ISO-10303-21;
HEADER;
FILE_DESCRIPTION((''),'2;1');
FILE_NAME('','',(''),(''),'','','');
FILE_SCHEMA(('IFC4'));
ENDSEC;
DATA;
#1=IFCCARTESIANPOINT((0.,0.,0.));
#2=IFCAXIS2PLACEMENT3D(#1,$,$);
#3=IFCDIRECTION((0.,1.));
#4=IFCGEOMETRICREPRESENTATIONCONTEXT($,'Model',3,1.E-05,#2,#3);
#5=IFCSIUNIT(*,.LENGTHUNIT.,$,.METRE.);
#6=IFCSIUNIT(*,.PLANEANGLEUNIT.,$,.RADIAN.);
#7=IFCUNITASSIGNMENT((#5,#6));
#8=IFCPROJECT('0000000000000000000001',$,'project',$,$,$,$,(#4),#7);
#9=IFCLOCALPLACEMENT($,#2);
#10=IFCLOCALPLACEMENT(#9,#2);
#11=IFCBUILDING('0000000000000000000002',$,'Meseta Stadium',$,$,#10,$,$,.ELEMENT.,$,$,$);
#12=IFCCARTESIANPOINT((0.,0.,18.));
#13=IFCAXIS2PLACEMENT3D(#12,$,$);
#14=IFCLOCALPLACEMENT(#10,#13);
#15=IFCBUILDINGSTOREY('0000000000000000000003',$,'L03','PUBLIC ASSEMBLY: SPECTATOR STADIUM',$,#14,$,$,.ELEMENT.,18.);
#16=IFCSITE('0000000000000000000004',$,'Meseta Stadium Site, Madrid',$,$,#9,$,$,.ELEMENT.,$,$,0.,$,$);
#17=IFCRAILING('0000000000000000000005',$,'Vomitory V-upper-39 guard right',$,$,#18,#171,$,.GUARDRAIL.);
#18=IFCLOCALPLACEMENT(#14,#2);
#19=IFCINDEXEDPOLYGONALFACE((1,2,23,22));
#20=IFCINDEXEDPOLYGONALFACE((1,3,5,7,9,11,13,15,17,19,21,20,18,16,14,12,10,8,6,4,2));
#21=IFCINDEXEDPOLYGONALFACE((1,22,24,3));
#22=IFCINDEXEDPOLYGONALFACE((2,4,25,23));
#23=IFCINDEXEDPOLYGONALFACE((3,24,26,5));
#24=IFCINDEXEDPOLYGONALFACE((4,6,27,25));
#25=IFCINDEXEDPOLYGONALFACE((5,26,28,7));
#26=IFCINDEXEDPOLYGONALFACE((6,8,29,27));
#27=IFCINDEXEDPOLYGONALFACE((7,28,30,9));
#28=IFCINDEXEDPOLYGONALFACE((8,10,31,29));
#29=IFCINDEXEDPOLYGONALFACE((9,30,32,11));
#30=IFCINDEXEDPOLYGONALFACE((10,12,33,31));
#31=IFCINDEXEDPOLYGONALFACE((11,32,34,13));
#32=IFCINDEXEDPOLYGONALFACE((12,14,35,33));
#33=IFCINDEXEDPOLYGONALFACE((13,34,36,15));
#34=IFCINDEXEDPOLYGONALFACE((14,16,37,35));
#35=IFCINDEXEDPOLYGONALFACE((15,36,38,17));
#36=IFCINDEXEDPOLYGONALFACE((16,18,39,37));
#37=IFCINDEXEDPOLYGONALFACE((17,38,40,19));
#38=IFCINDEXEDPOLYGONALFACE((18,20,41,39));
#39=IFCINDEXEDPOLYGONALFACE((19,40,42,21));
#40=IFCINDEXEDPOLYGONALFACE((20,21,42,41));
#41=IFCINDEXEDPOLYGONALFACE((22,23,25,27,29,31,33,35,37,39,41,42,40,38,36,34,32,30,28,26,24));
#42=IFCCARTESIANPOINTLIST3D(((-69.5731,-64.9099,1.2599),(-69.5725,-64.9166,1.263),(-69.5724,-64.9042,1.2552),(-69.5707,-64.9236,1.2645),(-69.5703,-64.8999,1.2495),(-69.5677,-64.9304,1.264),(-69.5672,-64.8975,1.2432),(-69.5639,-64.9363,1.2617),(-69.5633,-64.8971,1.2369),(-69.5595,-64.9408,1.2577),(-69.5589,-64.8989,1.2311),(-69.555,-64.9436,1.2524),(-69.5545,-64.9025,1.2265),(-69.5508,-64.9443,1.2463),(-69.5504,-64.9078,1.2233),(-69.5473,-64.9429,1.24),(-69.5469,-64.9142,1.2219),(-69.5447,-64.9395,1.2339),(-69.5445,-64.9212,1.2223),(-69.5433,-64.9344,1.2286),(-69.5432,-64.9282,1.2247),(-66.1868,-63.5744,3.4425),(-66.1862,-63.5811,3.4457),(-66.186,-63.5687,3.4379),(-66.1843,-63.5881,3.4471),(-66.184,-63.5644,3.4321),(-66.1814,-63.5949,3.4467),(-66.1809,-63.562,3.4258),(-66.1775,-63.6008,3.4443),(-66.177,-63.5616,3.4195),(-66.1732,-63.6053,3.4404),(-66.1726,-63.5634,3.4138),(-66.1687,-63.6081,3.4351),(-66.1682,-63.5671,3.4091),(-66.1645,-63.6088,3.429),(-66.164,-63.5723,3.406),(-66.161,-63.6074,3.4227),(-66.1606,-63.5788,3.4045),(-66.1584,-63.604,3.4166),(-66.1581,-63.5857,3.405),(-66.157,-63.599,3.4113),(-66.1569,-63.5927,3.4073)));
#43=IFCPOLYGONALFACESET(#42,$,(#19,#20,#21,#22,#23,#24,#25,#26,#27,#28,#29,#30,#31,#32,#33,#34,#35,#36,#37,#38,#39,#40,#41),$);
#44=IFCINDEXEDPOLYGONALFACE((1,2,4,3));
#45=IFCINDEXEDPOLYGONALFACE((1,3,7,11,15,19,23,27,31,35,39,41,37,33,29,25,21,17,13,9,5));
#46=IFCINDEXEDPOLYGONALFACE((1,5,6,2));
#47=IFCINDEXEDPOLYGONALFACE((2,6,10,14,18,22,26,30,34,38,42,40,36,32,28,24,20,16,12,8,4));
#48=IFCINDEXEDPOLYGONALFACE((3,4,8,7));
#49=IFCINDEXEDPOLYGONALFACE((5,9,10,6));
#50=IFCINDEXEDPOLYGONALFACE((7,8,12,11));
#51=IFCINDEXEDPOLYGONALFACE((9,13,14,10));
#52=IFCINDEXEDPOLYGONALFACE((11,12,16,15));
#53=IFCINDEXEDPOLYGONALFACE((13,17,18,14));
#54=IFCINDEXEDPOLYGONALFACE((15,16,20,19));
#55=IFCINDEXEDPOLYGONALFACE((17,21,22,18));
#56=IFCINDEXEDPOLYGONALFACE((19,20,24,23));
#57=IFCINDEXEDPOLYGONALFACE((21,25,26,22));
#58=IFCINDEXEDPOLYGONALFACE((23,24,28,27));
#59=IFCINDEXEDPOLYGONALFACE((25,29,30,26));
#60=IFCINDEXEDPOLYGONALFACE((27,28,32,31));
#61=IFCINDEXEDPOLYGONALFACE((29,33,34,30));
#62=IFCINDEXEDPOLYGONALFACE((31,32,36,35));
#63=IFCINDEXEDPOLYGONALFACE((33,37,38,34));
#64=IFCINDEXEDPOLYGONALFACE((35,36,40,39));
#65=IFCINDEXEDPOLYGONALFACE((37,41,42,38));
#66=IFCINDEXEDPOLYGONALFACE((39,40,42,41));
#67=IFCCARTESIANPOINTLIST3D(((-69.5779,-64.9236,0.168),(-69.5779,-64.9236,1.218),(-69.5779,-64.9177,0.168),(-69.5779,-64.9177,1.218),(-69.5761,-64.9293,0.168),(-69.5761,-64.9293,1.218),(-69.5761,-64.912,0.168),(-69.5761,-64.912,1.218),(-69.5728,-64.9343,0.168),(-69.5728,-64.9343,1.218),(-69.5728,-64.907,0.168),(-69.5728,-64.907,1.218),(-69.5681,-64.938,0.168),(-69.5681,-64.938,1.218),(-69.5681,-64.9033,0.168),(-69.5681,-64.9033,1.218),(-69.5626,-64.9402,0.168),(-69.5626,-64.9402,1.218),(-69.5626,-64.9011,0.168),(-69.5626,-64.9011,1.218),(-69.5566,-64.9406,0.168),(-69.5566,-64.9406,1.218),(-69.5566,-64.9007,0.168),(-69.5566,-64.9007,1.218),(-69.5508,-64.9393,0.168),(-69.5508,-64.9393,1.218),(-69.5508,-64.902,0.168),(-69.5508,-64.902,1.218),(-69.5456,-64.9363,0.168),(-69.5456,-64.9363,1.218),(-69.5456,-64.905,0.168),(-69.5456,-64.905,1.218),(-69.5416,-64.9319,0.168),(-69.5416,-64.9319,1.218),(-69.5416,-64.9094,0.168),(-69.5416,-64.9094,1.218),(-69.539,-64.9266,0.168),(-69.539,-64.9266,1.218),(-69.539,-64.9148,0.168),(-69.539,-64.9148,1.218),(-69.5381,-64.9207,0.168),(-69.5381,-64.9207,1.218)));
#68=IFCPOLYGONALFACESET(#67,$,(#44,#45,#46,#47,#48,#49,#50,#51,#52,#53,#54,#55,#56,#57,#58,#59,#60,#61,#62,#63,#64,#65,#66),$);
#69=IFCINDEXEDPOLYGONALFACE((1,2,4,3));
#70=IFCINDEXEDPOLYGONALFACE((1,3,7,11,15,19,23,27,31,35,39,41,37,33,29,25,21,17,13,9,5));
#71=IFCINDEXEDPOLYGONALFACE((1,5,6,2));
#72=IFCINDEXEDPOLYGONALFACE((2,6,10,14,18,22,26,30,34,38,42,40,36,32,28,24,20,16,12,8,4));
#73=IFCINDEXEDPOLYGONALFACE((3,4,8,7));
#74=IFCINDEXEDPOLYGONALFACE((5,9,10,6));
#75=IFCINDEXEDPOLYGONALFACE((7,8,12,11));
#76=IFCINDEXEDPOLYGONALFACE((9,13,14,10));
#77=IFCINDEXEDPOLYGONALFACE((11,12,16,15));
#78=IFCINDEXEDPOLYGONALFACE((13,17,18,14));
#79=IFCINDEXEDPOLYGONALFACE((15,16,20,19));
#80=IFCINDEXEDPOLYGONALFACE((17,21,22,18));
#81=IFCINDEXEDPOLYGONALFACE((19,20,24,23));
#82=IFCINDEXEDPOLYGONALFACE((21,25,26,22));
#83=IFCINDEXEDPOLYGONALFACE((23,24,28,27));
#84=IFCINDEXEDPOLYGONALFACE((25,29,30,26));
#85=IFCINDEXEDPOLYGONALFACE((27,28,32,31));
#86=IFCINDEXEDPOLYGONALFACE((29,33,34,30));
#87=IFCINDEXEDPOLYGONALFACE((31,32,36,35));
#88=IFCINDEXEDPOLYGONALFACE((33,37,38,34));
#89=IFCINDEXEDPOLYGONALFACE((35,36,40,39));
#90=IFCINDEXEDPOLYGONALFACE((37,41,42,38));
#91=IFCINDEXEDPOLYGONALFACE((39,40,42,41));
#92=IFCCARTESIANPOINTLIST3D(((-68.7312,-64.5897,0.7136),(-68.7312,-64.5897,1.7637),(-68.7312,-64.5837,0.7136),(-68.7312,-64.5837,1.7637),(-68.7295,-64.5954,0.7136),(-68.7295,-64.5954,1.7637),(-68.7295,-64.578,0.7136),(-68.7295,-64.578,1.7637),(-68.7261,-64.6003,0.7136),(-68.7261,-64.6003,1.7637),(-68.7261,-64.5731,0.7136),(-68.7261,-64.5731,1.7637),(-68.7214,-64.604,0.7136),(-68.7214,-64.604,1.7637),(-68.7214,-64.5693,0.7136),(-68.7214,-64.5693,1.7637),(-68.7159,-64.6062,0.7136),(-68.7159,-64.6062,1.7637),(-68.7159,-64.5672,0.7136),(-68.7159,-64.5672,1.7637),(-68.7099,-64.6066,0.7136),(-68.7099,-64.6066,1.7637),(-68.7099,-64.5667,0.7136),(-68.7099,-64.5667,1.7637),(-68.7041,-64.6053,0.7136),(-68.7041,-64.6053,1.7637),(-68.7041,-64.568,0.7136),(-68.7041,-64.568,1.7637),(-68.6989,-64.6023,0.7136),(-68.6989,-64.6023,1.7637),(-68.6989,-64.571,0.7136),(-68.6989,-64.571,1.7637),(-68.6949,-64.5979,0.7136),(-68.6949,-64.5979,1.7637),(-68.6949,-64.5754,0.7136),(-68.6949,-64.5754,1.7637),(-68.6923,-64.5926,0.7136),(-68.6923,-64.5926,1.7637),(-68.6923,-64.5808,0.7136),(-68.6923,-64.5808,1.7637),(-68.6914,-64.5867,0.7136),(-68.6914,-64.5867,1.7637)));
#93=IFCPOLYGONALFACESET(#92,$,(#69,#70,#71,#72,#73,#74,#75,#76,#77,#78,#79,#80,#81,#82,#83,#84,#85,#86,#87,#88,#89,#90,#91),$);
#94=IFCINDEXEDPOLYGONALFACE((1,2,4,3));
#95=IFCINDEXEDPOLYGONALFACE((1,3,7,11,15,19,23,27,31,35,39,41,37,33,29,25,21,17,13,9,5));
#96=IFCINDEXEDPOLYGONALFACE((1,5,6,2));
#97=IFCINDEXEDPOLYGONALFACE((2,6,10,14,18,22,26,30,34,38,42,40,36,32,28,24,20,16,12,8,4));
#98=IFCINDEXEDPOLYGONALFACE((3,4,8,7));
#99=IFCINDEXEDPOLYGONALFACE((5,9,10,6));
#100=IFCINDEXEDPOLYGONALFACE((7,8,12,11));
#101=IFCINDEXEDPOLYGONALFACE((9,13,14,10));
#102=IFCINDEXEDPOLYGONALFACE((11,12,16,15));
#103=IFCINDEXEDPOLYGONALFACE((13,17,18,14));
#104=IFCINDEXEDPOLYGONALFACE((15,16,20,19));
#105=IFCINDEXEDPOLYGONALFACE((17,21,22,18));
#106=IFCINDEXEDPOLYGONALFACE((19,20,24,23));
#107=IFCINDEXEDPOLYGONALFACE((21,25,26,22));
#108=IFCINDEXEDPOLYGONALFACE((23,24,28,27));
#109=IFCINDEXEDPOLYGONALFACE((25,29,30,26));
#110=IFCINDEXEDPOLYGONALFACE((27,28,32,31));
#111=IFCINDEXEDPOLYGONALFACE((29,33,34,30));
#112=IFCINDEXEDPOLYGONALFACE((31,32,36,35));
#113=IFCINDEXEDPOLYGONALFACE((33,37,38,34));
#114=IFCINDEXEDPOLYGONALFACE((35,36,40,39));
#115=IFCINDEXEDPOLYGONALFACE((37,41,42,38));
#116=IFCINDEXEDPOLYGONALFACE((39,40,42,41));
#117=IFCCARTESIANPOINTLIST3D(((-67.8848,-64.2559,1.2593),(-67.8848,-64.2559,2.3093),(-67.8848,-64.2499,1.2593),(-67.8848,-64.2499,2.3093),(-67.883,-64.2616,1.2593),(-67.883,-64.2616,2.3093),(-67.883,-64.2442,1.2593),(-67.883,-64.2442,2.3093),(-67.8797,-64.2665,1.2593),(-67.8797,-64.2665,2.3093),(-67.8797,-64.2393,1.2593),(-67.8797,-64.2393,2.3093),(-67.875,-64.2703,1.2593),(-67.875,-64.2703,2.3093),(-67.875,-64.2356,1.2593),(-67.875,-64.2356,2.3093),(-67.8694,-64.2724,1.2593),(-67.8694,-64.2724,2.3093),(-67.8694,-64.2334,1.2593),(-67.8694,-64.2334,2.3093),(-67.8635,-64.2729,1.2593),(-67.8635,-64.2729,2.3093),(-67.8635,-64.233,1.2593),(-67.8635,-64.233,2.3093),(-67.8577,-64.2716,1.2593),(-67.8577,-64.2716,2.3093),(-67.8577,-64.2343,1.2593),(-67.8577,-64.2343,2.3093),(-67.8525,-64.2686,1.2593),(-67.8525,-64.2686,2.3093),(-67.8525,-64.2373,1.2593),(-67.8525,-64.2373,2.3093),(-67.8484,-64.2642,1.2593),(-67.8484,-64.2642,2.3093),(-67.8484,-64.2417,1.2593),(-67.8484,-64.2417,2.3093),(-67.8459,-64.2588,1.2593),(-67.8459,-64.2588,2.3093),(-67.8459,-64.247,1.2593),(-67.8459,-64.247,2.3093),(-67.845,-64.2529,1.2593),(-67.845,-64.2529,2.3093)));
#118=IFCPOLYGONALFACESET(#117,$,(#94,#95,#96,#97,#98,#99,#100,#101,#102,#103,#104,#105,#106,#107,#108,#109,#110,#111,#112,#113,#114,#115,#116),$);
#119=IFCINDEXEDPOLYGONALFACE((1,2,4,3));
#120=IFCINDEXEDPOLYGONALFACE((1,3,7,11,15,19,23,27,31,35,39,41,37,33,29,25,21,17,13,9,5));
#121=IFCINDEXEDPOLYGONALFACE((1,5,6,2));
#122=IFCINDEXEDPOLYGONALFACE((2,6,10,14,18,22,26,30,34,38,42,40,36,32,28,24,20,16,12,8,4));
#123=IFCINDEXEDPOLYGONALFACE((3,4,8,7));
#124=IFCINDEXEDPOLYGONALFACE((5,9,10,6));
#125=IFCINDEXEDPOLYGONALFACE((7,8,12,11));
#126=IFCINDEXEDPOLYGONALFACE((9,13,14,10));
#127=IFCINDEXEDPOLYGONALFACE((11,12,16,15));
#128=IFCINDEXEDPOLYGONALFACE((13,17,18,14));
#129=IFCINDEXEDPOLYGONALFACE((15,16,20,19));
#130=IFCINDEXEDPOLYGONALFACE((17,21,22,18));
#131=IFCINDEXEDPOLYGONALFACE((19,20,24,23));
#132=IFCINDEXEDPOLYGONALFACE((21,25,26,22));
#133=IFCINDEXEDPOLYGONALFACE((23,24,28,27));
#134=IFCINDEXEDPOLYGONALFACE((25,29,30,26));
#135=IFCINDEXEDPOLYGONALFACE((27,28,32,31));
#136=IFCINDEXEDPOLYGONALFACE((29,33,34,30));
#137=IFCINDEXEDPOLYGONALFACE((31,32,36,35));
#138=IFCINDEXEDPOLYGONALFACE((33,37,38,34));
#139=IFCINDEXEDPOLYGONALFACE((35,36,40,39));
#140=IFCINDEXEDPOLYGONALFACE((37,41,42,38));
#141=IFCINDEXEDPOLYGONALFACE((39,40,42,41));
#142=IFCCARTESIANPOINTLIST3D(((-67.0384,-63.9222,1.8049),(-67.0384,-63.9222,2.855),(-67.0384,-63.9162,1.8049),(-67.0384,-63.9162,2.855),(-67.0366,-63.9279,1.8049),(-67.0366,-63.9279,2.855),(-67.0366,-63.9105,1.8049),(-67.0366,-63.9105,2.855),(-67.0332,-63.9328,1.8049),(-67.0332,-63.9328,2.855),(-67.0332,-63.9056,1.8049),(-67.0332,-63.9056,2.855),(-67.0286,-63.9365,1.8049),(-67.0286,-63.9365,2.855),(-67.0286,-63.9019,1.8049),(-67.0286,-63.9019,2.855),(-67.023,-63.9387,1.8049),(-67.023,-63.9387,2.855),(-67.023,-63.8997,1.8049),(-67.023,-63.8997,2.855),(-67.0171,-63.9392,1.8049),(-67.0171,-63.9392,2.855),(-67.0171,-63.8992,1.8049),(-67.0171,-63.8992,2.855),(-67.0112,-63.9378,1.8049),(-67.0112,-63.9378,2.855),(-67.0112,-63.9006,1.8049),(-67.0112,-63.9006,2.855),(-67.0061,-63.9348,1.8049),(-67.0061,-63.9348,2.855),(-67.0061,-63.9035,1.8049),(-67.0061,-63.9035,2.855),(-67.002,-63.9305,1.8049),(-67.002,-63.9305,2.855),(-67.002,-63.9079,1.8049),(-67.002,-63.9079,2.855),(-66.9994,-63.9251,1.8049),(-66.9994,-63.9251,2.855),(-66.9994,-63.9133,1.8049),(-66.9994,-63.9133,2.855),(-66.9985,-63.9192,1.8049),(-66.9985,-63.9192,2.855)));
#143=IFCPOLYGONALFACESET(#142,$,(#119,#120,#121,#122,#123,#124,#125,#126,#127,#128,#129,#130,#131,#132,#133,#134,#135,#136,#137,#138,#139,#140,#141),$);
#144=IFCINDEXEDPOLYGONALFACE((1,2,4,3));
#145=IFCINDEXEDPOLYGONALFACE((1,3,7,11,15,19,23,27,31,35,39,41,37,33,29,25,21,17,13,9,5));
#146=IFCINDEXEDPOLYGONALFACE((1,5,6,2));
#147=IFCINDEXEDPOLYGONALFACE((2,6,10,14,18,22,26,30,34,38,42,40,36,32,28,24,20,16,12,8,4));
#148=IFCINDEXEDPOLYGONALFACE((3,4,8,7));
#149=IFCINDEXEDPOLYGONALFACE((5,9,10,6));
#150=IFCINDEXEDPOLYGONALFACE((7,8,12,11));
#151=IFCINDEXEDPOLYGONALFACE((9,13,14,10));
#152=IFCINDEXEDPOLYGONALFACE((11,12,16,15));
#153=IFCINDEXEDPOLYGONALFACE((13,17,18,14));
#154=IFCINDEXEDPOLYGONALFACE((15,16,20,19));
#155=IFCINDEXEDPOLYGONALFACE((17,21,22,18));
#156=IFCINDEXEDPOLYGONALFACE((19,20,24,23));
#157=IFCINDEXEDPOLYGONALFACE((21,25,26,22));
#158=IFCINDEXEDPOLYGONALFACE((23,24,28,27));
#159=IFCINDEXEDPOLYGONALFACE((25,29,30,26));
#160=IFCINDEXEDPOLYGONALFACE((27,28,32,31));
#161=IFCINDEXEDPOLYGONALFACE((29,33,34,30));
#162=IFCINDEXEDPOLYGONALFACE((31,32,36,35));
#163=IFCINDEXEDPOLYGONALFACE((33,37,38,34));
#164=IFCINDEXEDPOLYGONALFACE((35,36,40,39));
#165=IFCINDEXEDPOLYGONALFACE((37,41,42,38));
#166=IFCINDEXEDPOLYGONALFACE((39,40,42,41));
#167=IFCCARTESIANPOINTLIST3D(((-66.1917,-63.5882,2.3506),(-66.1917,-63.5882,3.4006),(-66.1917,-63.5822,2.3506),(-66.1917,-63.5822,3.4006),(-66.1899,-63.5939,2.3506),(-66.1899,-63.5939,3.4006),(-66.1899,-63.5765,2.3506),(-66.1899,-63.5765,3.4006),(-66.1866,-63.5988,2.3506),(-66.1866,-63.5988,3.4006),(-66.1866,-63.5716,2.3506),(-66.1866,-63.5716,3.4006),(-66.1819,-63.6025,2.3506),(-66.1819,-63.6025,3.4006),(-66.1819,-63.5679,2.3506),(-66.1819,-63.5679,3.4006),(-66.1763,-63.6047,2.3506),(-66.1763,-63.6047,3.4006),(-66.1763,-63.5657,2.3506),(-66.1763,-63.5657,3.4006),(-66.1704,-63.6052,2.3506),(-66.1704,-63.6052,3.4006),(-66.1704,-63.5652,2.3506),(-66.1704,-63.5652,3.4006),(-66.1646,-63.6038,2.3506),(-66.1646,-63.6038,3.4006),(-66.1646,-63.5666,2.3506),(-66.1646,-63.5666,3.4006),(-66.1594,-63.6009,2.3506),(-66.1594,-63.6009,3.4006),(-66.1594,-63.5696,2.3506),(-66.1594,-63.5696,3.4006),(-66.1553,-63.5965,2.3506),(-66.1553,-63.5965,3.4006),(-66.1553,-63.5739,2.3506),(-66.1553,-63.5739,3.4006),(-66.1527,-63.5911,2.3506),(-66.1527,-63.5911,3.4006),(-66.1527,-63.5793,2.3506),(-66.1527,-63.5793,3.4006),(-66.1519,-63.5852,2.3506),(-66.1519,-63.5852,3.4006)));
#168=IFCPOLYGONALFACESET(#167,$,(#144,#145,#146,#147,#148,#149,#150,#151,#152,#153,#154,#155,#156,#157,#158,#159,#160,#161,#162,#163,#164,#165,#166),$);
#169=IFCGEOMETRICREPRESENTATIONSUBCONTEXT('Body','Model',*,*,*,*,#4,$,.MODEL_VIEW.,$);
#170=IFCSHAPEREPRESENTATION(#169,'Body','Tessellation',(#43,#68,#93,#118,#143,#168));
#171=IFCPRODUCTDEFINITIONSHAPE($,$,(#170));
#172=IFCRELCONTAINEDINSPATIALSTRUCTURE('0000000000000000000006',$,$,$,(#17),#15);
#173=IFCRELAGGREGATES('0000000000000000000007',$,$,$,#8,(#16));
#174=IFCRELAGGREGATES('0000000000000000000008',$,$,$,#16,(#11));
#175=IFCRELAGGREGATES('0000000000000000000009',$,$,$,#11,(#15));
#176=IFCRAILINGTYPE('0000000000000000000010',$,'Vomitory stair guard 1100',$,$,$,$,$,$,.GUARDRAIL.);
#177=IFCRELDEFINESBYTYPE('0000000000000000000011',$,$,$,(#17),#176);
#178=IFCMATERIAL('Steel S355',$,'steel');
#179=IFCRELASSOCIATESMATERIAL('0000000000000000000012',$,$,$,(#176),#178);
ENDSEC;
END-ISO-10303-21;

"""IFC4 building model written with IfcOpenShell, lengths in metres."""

from ifc_helpers import new_model, si_unit, direction, frame, origin, origin_2d, place, context, subcontext, project, spatial, circle, extrude, material, type_object, element, save


model = new_model("IFC4")

# Units and contexts
model_context = context("Model", 3, precision=1e-05, world=origin(), true_north=direction((0.0, 1.0)))
body_context = subcontext(model_context, "Body", "Model", "MODEL_VIEW")
ifc_project = project(units=[si_unit("LENGTHUNIT", "METRE"), si_unit("PLANEANGLEUNIT", "RADIAN")], contexts=[model_context])

# Site, building, storey
site_placement = place(None, origin())
site = spatial("IfcSite", under=ifc_project, at=site_placement, Name="Meseta Stadium Site, Madrid", CompositionType="ELEMENT", RefElevation=0.0)
building_placement = place(site_placement, origin())
building = spatial("IfcBuilding", under=site, at=building_placement, Name="Meseta Stadium", CompositionType="ELEMENT")
storey_placement = place(building_placement, frame((0.0, 0.0, 18.0)))
storey = spatial("IfcBuildingStorey", under=building, at=storey_placement, Name="L03", Description="PUBLIC ASSEMBLY: SPECTATOR STADIUM", CompositionType="ELEMENT", Elevation=18.0)

# Railing
ifc_material_1 = material(Name="Steel S355", Category="steel")
railing_type_1 = type_object("IfcRailingType", Name="Vomitory stair guard 1100", PredefinedType="GUARDRAIL", material=ifc_material_1)
for number, where, name in (
    (1, (-69.5581, -64.9207, 0.168), "Vomitory V-upper-39 guard right"),
):
    element("IfcRailing", number, at=place(storey_placement, frame(where)), inside=storey, type_object=railing_type_1, Name=name, PredefinedType="GUARDRAIL", context=body_context, shape_type="SweptSolid", body=[
        extrude(circle(Radius=0.0249, at=origin_2d()), frame((0.0, 0.0, 1.0752), z_axis=(0.797836, 0.314648, 0.514251), x_axis=(-0.366876, 0.93027, 0.0)), (0.0, 0.0, 1.0), 4.2444),
        extrude(circle(Radius=0.02, at=origin_2d()), origin(), (0.0, 0.0, 1.0), 1.05),
        extrude(circle(Radius=0.02, at=origin_2d()), frame((0.8467, 0.334, 0.5457)), (0.0, 0.0, 1.0), 1.05),
        extrude(circle(Radius=0.02, at=origin_2d()), frame((1.6931, 0.6677, 1.0913)), (0.0, 0.0, 1.0), 1.05),
        extrude(circle(Radius=0.02, at=origin_2d()), frame((2.5396, 1.0015, 1.637)), (0.0, 0.0, 1.0), 1.05),
        extrude(circle(Radius=0.02, at=origin_2d()), frame((3.3862, 1.3354, 2.1826)), (0.0, 0.0, 1.0), 1.05),
    ])

save(model, "model.ifc")
